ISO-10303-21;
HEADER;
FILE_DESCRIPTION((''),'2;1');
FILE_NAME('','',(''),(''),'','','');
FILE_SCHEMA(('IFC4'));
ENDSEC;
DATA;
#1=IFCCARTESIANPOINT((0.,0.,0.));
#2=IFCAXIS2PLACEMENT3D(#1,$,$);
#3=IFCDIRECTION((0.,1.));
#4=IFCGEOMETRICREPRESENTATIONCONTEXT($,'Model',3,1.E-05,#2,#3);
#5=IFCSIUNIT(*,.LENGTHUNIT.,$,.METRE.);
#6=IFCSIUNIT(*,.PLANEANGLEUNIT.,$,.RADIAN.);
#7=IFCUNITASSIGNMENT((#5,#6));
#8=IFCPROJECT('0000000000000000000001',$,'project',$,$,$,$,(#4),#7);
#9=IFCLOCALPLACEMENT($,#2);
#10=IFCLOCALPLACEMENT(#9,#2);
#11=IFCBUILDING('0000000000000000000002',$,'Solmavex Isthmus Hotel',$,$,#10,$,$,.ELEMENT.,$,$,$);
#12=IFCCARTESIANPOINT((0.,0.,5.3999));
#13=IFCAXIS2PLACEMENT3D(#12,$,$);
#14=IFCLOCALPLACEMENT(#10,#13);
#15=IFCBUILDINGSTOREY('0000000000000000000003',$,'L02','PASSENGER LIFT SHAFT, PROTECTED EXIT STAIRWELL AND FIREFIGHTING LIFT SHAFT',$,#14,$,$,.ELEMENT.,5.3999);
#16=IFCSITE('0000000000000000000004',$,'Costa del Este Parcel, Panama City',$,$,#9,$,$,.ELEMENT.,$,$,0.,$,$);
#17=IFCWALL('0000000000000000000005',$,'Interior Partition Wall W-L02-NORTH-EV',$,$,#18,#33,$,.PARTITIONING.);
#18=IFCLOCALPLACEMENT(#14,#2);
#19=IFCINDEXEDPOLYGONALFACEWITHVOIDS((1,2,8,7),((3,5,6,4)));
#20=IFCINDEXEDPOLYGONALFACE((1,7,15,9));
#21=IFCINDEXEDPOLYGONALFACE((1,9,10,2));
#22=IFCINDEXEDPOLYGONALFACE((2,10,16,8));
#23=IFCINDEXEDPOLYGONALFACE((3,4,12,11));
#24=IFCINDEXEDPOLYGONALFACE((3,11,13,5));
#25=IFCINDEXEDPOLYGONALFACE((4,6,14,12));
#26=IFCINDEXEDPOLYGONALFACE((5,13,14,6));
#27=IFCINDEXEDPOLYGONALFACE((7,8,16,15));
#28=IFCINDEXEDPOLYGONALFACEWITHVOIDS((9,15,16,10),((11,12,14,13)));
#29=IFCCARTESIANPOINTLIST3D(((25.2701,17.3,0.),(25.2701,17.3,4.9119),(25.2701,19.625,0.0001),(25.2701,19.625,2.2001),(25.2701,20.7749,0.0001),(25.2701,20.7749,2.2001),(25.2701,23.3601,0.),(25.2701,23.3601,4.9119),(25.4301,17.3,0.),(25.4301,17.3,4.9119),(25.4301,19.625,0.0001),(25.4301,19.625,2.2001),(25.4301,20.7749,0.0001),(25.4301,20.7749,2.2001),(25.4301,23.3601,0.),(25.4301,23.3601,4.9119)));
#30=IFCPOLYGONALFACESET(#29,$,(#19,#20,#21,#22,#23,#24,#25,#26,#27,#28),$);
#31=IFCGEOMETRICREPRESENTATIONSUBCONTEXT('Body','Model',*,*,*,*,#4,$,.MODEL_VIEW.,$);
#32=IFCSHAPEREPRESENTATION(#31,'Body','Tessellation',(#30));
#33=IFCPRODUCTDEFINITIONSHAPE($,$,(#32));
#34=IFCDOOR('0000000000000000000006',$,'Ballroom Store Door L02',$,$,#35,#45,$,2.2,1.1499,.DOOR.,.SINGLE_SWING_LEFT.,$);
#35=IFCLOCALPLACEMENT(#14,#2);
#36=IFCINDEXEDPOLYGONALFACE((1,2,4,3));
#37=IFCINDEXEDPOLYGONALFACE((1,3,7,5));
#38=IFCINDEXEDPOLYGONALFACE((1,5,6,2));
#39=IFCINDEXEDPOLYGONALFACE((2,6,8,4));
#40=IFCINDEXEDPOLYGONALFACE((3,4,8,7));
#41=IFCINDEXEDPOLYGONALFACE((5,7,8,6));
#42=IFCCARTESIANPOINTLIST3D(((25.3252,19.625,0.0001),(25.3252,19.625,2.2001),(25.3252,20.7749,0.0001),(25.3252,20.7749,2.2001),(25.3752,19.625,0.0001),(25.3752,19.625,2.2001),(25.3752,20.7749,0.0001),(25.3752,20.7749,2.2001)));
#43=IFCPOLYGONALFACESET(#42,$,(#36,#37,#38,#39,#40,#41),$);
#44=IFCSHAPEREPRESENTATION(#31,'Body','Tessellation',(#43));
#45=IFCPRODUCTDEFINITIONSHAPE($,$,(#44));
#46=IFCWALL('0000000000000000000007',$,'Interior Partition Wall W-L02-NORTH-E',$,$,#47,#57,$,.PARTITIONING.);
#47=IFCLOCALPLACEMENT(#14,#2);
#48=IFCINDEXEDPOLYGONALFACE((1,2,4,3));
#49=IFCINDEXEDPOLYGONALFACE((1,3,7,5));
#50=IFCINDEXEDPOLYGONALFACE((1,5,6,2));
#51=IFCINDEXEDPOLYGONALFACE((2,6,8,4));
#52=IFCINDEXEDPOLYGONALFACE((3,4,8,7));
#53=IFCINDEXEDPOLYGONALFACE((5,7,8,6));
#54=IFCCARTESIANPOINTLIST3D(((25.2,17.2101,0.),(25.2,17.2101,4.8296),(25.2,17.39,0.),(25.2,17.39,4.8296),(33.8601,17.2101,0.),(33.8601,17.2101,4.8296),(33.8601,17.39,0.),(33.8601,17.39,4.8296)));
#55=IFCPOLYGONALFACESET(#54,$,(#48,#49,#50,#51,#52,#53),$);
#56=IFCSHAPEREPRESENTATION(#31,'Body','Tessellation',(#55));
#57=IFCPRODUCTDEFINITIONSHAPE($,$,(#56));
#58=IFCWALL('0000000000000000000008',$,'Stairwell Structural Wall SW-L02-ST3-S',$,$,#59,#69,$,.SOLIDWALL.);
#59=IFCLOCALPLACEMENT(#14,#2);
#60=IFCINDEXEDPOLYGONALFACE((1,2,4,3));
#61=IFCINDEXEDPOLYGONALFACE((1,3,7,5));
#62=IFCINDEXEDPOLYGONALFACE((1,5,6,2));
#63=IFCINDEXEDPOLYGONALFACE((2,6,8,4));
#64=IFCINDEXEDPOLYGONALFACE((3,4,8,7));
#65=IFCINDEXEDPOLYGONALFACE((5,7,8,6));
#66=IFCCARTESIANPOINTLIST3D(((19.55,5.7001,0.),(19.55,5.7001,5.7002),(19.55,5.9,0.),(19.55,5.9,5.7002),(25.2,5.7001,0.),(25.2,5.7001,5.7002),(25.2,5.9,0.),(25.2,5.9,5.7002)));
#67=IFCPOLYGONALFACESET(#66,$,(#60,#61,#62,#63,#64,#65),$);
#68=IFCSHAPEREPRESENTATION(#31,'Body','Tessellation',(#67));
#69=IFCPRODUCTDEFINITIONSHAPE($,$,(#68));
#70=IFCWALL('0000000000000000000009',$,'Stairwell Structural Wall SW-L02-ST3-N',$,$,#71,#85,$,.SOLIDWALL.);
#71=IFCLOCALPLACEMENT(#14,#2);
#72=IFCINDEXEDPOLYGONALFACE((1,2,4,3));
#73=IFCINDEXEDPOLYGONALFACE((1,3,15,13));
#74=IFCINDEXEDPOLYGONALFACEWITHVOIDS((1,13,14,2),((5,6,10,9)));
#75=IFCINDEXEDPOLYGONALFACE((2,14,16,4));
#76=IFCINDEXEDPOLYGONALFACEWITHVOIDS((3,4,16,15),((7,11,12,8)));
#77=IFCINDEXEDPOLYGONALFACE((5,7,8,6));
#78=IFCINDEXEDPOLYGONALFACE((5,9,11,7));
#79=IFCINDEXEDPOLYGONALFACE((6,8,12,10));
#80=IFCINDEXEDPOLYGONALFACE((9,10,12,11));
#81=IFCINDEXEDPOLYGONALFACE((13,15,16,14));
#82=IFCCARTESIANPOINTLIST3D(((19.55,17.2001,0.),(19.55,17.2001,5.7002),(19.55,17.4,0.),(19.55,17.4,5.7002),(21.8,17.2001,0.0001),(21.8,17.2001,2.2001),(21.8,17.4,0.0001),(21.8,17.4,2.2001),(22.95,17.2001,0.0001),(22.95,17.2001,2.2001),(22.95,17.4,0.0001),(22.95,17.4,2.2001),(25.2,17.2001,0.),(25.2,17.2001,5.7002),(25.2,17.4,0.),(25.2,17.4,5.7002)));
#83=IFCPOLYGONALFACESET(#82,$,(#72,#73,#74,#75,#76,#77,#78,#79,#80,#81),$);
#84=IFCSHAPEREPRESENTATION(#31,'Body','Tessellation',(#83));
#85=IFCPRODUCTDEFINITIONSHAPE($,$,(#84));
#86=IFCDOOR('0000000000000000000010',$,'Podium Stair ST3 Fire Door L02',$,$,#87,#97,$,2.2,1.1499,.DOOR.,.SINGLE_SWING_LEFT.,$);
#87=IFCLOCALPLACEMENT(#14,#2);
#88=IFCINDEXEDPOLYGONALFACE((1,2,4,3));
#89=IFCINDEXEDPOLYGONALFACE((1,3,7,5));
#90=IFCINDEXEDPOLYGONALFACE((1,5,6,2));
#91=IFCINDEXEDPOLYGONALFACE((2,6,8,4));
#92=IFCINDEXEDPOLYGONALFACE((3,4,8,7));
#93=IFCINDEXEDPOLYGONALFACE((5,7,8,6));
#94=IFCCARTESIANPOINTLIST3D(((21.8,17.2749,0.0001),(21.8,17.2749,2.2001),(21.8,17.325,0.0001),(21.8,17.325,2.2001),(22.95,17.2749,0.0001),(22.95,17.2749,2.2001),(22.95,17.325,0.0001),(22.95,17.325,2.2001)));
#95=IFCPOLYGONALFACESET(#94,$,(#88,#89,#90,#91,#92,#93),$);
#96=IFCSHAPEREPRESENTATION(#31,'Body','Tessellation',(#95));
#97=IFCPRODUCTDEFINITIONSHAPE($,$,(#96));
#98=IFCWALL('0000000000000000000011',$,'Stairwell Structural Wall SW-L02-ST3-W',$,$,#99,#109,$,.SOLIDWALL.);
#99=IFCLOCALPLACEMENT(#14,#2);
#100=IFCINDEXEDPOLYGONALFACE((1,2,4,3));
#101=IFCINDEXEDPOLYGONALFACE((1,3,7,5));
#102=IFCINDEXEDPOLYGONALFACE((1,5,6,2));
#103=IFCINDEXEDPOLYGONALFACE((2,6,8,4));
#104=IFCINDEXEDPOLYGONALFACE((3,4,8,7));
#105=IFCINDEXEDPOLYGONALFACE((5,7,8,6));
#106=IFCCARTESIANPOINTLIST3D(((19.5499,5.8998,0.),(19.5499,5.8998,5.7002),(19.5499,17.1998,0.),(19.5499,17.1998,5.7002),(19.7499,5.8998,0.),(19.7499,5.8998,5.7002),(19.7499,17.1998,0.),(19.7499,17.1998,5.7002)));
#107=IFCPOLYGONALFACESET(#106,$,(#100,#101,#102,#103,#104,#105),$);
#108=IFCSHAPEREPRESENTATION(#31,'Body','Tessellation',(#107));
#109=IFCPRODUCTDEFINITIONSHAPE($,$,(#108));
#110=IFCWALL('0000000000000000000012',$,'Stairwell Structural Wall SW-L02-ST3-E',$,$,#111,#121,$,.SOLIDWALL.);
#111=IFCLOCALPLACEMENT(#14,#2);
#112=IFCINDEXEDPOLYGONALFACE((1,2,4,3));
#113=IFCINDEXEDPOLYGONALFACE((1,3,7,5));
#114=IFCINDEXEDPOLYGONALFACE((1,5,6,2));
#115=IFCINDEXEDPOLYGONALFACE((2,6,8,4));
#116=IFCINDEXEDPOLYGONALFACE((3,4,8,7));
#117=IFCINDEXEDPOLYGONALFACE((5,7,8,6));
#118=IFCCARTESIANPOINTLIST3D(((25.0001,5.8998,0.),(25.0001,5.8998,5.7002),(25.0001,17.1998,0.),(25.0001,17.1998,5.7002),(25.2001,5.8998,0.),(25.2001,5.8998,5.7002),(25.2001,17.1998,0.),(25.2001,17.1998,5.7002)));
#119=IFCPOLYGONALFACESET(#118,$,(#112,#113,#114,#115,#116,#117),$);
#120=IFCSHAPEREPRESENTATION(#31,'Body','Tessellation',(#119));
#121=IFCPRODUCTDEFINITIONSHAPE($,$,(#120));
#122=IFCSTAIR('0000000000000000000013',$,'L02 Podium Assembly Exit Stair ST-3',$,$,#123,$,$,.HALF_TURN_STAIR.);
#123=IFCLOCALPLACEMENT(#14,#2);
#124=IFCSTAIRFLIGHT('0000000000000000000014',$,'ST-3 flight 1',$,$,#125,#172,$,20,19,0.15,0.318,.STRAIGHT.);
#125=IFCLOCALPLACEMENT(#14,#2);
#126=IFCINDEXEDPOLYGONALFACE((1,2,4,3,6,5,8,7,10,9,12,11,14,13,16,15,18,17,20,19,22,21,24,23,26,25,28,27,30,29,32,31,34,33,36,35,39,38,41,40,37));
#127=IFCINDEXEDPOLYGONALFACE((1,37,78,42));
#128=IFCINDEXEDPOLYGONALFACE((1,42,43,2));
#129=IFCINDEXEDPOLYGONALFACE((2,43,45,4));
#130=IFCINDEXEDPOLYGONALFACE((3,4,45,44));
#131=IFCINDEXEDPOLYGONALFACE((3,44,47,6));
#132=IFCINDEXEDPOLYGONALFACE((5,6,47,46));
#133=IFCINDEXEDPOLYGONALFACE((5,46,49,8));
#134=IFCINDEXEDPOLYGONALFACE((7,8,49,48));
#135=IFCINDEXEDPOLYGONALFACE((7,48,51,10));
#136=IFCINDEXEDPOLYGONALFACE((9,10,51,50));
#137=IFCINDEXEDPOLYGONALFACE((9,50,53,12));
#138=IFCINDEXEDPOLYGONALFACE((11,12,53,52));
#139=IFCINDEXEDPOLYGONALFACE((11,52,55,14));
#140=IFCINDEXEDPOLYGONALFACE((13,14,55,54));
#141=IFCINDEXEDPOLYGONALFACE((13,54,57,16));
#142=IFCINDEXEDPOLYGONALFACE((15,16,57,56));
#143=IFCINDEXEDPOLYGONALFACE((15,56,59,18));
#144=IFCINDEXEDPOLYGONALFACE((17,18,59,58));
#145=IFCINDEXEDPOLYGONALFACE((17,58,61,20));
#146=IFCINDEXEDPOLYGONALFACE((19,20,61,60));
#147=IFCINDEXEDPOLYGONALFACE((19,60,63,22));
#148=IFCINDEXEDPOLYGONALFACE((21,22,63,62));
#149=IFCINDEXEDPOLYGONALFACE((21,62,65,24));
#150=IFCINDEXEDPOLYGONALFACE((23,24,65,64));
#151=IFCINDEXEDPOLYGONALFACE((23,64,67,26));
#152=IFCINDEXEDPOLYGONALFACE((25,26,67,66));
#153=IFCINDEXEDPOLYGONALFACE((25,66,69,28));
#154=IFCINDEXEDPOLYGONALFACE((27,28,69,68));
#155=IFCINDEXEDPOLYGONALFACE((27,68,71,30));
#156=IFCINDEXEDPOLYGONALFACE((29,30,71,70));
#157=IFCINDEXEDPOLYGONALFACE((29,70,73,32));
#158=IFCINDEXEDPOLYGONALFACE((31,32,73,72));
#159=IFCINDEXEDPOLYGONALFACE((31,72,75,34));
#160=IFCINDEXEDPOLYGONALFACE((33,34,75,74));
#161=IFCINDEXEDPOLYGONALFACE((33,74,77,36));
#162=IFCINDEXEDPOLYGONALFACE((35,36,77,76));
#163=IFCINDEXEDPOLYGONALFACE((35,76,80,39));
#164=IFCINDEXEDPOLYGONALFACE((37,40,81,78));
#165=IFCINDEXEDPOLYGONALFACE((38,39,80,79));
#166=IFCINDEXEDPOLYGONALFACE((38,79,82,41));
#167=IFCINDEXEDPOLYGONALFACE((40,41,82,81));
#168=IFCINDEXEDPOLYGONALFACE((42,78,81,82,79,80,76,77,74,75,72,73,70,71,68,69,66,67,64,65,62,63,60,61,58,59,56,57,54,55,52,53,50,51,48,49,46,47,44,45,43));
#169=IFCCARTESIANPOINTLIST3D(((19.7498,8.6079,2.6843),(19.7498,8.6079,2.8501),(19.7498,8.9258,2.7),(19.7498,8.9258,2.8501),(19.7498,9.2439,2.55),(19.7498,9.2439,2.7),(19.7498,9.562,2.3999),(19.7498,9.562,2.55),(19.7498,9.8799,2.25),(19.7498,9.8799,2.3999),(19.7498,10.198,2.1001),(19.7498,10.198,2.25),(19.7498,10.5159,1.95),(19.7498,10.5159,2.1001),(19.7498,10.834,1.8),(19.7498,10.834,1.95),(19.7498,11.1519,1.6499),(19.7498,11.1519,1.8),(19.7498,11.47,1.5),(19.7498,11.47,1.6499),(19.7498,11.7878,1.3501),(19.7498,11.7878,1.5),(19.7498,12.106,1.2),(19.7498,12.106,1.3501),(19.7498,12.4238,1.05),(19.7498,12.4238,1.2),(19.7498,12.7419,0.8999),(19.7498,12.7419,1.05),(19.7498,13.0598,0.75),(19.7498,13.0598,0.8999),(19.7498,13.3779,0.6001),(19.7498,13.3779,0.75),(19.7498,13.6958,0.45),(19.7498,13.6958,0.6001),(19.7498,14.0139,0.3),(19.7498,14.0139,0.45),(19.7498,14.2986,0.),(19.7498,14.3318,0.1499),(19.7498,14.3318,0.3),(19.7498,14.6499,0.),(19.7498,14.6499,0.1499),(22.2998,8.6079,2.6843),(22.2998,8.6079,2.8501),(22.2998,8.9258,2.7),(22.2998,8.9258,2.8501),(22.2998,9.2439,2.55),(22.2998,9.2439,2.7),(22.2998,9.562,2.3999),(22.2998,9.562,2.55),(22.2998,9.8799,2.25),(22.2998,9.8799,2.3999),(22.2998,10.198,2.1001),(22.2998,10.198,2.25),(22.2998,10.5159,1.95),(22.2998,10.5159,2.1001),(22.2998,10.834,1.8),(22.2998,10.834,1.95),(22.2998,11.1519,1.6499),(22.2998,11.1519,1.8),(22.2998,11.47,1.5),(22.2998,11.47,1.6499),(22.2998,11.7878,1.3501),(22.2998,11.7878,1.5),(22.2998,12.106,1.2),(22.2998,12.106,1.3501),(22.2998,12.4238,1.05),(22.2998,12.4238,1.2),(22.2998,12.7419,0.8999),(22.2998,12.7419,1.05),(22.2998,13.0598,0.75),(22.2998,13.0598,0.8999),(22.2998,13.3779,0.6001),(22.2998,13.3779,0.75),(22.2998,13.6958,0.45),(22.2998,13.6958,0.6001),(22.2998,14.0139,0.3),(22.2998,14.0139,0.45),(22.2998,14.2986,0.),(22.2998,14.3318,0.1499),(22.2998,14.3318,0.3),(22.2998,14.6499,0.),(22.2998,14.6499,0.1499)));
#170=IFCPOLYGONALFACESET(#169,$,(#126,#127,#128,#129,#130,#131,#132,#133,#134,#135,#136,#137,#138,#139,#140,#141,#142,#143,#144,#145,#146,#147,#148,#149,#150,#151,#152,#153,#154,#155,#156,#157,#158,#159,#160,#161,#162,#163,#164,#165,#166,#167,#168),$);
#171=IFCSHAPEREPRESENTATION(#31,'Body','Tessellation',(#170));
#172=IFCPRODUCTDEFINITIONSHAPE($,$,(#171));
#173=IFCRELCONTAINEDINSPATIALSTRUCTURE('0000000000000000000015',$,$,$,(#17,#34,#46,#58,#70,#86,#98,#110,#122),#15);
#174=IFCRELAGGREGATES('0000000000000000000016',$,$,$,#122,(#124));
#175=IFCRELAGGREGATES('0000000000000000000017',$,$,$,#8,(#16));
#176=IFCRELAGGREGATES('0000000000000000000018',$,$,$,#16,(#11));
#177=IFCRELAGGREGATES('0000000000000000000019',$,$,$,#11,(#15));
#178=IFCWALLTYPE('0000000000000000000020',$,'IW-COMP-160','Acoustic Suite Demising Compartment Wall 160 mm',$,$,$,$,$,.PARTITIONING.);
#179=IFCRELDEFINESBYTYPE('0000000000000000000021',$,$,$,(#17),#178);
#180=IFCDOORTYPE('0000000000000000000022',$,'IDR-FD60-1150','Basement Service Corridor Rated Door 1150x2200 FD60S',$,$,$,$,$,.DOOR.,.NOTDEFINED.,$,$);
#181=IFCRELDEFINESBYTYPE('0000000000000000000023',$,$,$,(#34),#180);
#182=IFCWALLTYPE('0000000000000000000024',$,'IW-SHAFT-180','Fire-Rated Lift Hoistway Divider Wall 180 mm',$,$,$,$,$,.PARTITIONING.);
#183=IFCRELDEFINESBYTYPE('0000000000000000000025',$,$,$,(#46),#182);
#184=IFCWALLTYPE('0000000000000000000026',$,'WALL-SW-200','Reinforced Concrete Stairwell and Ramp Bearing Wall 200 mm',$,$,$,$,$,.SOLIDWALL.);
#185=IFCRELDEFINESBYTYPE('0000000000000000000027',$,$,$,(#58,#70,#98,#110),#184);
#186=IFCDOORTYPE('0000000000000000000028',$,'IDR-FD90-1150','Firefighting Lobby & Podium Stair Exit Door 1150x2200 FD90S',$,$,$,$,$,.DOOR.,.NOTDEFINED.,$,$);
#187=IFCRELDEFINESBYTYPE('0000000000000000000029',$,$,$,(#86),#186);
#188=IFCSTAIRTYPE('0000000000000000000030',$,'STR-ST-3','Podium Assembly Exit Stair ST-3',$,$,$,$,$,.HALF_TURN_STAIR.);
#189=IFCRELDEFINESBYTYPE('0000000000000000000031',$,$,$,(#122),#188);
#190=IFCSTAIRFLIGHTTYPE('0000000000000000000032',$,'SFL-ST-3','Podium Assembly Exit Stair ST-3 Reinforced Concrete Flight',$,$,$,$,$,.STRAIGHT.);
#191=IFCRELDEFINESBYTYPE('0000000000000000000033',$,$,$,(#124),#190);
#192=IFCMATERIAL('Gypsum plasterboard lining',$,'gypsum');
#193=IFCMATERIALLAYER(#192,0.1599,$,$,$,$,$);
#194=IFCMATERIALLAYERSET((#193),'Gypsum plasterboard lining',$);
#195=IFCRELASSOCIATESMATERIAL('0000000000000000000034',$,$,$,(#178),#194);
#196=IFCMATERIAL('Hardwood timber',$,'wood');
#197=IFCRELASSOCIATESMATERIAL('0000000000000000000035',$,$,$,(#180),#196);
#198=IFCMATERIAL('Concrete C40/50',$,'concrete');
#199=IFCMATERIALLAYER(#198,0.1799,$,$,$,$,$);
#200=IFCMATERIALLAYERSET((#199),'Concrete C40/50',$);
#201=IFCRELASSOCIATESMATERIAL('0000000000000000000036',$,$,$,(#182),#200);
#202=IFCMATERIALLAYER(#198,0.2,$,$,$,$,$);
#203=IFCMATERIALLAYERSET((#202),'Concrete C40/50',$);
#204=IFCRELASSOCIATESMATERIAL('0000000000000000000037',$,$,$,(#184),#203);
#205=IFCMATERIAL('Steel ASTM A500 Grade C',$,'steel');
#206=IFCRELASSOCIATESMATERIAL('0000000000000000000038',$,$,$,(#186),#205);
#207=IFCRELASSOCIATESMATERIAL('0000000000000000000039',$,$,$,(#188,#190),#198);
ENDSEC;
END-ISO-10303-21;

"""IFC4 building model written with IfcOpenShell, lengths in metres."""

from ifc_helpers import new_model, si_unit, direction, frame, frame_2d, origin, place, context, subcontext, project, spatial, polyline, rectangle, outline, extrude, material, layer, layer_set, type_object, element, fill, aggregate, save


model = new_model("IFC4")

# Units and contexts
model_context = context("Model", 3, precision=1e-05, world=origin(), true_north=direction((0.0, 1.0)))
body_context = subcontext(model_context, "Body", "Model", "MODEL_VIEW")
ifc_project = project(units=[si_unit("LENGTHUNIT", "METRE"), si_unit("PLANEANGLEUNIT", "RADIAN")], contexts=[model_context])

# Site, building, storey
site_placement = place(None, origin())
site = spatial("IfcSite", under=ifc_project, at=site_placement, Name="Costa del Este Parcel, Panama City", CompositionType="ELEMENT", RefElevation=0.0)
building_placement = place(site_placement, origin())
building = spatial("IfcBuilding", under=site, at=building_placement, Name="Solmavex Isthmus Hotel", CompositionType="ELEMENT")
storey_placement = place(building_placement, frame((0.0, 0.0, 5.3999)))
storey = spatial("IfcBuildingStorey", under=building, at=storey_placement, Name="L02", Description="PASSENGER LIFT SHAFT, PROTECTED EXIT STAIRWELL AND FIREFIGHTING LIFT SHAFT", CompositionType="ELEMENT", Elevation=5.3999)

# Wall, opening, door
ifc_material_1 = material(Name="Gypsum plasterboard lining", Category="gypsum")
ifc_layer_1 = layer(ifc_material_1, 0.1599)
ifc_layer_set_1 = layer_set([ifc_layer_1], Name="Gypsum plasterboard lining")
wall_type_1 = type_object("IfcWallType", Name="IW-COMP-160", Description="Acoustic Suite Demising Compartment Wall 160 mm", PredefinedType="PARTITIONING", material=ifc_layer_set_1)
wall_1_placement = place(storey_placement, frame((25.3501, 17.3, 0.0), z_axis=(0.0, 0.0, 1.0), x_axis=(0.0, 1.0, 0.0)))
wall_1 = element("IfcWall", 1, at=wall_1_placement, inside=storey, type_object=wall_type_1, Name="Interior Partition Wall W-L02-NORTH-EV", PredefinedType="PARTITIONING", context=body_context, shape_type="SweptSolid", body=[
    extrude(rectangle(XDim=6.0601, YDim=0.1599, at=frame_2d((3.03, 0.0))), origin(), (0.0, 0.0, 1.0), 4.9119),
])
opening_1_placement = place(wall_1_placement, frame((2.325, 0.0, 0.0)))
opening_1 = element("IfcOpeningElement", 2, at=opening_1_placement, cuts=wall_1, PredefinedType="OPENING", context=body_context, shape_type="SweptSolid", body=[
    extrude(rectangle(XDim=1.1499, YDim=2.2, at=frame_2d((0.575, 1.1001))), frame((0.0, 0.0898, 0.0), z_axis=(0.0, -1.0, 0.0), x_axis=(1.0, 0.0, 0.0)), (0.0, 0.0, 1.0), 0.1799),
])
ifc_material_2 = material(Name="Hardwood timber", Category="wood")
door_type_1 = type_object("IfcDoorType", Name="IDR-FD60-1150", Description="Basement Service Corridor Rated Door 1150x2200 FD60S", OperationType="NOTDEFINED", PredefinedType="DOOR", material=ifc_material_2)
door_1_placement = place(opening_1_placement, origin())
door_1 = element("IfcDoor", 3, at=door_1_placement, inside=storey, type_object=door_type_1, Name="Ballroom Store Door L02", OperationType="SINGLE_SWING_LEFT", OverallHeight=2.2, OverallWidth=1.1499, PredefinedType="DOOR", context=body_context, shape_type="SweptSolid", body=[
    extrude(rectangle(XDim=1.1499, YDim=2.2, at=frame_2d((0.575, 1.1001))), frame((0.0, 0.0249, 0.0), z_axis=(0.0, -1.0, 0.0), x_axis=(1.0, 0.0, 0.0)), (0.0, 0.0, 1.0), 0.05),
])
fill(opening_1, door_1)

# Walls
ifc_material_3 = material(Name="Concrete C40/50", Category="concrete")
ifc_layer_2 = layer(ifc_material_3, 0.1799)
ifc_layer_set_2 = layer_set([ifc_layer_2], Name="Concrete C40/50")
wall_type_2 = type_object("IfcWallType", Name="IW-SHAFT-180", Description="Fire-Rated Lift Hoistway Divider Wall 180 mm", PredefinedType="PARTITIONING", material=ifc_layer_set_2)
wall_2_placement = place(storey_placement, frame((25.2, 17.3, 0.0), z_axis=(0.0, 0.0, 1.0), x_axis=(1.0, 0.0, 0.0)))
element("IfcWall", 4, at=wall_2_placement, inside=storey, type_object=wall_type_2, Name="Interior Partition Wall W-L02-NORTH-E", PredefinedType="PARTITIONING", context=body_context, shape_type="SweptSolid", body=[
    extrude(rectangle(XDim=8.6602, YDim=0.1799, at=frame_2d((4.3301, 0.0))), origin(), (0.0, 0.0, 1.0), 4.8296),
])
ifc_layer_3 = layer(ifc_material_3, 0.2)
ifc_layer_set_3 = layer_set([ifc_layer_3], Name="Concrete C40/50")
wall_type_3 = type_object("IfcWallType", Name="WALL-SW-200", Description="Reinforced Concrete Stairwell and Ramp Bearing Wall 200 mm", PredefinedType="SOLIDWALL", material=ifc_layer_set_3)
wall_3_placement = place(storey_placement, frame((19.55, 5.8, 0.0), z_axis=(0.0, 0.0, 1.0), x_axis=(1.0, 0.0, 0.0)))
element("IfcWall", 5, at=wall_3_placement, inside=storey, type_object=wall_type_3, Name="Stairwell Structural Wall SW-L02-ST3-S", PredefinedType="SOLIDWALL", context=body_context, shape_type="SweptSolid", body=[
    extrude(rectangle(XDim=5.6499, YDim=0.2, at=frame_2d((2.825, 0.0))), origin(), (0.0, 0.0, 1.0), 5.7002),
])

# Wall, opening, door
wall_4_placement = place(storey_placement, frame((19.55, 17.3, 0.0), z_axis=(0.0, 0.0, 1.0), x_axis=(1.0, 0.0, 0.0)))
wall_4 = element("IfcWall", 6, at=wall_4_placement, inside=storey, type_object=wall_type_3, Name="Stairwell Structural Wall SW-L02-ST3-N", PredefinedType="SOLIDWALL", context=body_context, shape_type="SweptSolid", body=[
    extrude(rectangle(XDim=5.6499, YDim=0.2, at=frame_2d((2.825, 0.0))), origin(), (0.0, 0.0, 1.0), 5.7002),
])
opening_2_placement = place(wall_4_placement, frame((2.25, 0.0, 0.0)))
opening_2 = element("IfcOpeningElement", 7, at=opening_2_placement, cuts=wall_4, PredefinedType="OPENING", context=body_context, shape_type="SweptSolid", body=[
    extrude(rectangle(XDim=1.1499, YDim=2.2, at=frame_2d((0.575, 1.1001))), frame((0.0, 0.1099, 0.0), z_axis=(0.0, -1.0, 0.0), x_axis=(1.0, 0.0, 0.0)), (0.0, 0.0, 1.0), 0.22),
])
ifc_material_4 = material(Name="Steel ASTM A500 Grade C", Category="steel")
door_type_2 = type_object("IfcDoorType", Name="IDR-FD90-1150", Description="Firefighting Lobby & Podium Stair Exit Door 1150x2200 FD90S", OperationType="NOTDEFINED", PredefinedType="DOOR", material=ifc_material_4)
door_2_placement = place(opening_2_placement, origin())
door_2 = element("IfcDoor", 8, at=door_2_placement, inside=storey, type_object=door_type_2, Name="Podium Stair ST3 Fire Door L02", OperationType="SINGLE_SWING_LEFT", OverallHeight=2.2, OverallWidth=1.1499, PredefinedType="DOOR", context=body_context, shape_type="SweptSolid", body=[
    extrude(rectangle(XDim=1.1499, YDim=2.2, at=frame_2d((0.575, 1.1001))), frame((0.0, 0.0249, 0.0), z_axis=(0.0, -1.0, 0.0), x_axis=(1.0, 0.0, 0.0)), (0.0, 0.0, 1.0), 0.05),
])
fill(opening_2, door_2)

# Walls
for number, where, z_axis, x_axis, name in (
    (9, (19.6499, 5.8999, 0.0), (0.0, 0.0, 1.0), (0.0, 1.0, 0.0), "Stairwell Structural Wall SW-L02-ST3-W"),
    (10, (25.1001, 5.8999, 0.0), (0.0, 0.0, 1.0), (0.0, 1.0, 0.0), "Stairwell Structural Wall SW-L02-ST3-E"),
):
    element("IfcWall", number, at=place(storey_placement, frame(where, z_axis=z_axis, x_axis=x_axis)), inside=storey, type_object=wall_type_3, Name=name, PredefinedType="SOLIDWALL", context=body_context, shape_type="SweptSolid", body=[
        extrude(rectangle(XDim=11.3, YDim=0.2, at=frame_2d((5.6499, 0.0))), origin(), (0.0, 0.0, 1.0), 5.7002),
    ])

# Stair, stair flight
stair_type = type_object("IfcStairType", Name="STR-ST-3", Description="Podium Assembly Exit Stair ST-3", PredefinedType="HALF_TURN_STAIR", material=ifc_material_3)
stair_placement = place(storey_placement, origin())
stair = element("IfcStair", 11, at=stair_placement, inside=storey, type_object=stair_type, Name="L02 Podium Assembly Exit Stair ST-3", PredefinedType="HALF_TURN_STAIR")
stair_flight_type = type_object("IfcStairFlightType", Name="SFL-ST-3", Description="Podium Assembly Exit Stair ST-3 Reinforced Concrete Flight", PredefinedType="STRAIGHT", material=ifc_material_3)
stair_flight_1_placement = place(storey_placement, frame((21.0249, 14.6499, 0.0), z_axis=(0.0, 0.0, 1.0), x_axis=(0.0, -1.0, 0.0)))
stair_flight_1 = element("IfcStairFlight", 12, at=stair_flight_1_placement, type_object=stair_flight_type, Name="ST-3 flight 1", NumberOfRisers=20, NumberOfTreads=19, PredefinedType="STRAIGHT", RiserHeight=0.15, TreadLength=0.318, context=body_context, shape_type="SweptSolid", body=[
    extrude(outline(polyline([(0.0, 0.0), (0.0, 0.1499), (0.3181, 0.1499), (0.3181, 0.3), (0.636, 0.3), (0.636, 0.45), (0.9541, 0.45), (0.9541, 0.6001), (1.272, 0.6001), (1.272, 0.75), (1.5901, 0.75), (1.5901, 0.8999), (1.908, 0.8999), (1.908, 1.05), (2.2261, 1.05), (2.2261, 1.2), (2.5439, 1.2), (2.5439, 1.3501), (2.8621, 1.3501), (2.8621, 1.5), (3.1799, 1.5), (3.1799, 1.6499), (3.498, 1.6499), (3.498, 1.8), (3.8159, 1.8), (3.8159, 1.95), (4.134, 1.95), (4.134, 2.1001), (4.4519, 2.1001), (4.4519, 2.25), (4.77, 2.25), (4.77, 2.3999), (5.0879, 2.3999), (5.0879, 2.55), (5.406, 2.55), (5.406, 2.7), (5.7241, 2.7), (5.7241, 2.8501), (6.042, 2.8501), (6.042, 3.0), (6.042, 2.6843), (0.3513, 0.0), (0.0, 0.0)])), frame((0.0, 1.2749, 0.0), z_axis=(0.0, -1.0, 0.0), x_axis=(1.0, 0.0, 0.0)), (0.0, 0.0, 1.0), 2.55),
])
aggregate(stair, [stair_flight_1])

save(model, "model.ifc")
